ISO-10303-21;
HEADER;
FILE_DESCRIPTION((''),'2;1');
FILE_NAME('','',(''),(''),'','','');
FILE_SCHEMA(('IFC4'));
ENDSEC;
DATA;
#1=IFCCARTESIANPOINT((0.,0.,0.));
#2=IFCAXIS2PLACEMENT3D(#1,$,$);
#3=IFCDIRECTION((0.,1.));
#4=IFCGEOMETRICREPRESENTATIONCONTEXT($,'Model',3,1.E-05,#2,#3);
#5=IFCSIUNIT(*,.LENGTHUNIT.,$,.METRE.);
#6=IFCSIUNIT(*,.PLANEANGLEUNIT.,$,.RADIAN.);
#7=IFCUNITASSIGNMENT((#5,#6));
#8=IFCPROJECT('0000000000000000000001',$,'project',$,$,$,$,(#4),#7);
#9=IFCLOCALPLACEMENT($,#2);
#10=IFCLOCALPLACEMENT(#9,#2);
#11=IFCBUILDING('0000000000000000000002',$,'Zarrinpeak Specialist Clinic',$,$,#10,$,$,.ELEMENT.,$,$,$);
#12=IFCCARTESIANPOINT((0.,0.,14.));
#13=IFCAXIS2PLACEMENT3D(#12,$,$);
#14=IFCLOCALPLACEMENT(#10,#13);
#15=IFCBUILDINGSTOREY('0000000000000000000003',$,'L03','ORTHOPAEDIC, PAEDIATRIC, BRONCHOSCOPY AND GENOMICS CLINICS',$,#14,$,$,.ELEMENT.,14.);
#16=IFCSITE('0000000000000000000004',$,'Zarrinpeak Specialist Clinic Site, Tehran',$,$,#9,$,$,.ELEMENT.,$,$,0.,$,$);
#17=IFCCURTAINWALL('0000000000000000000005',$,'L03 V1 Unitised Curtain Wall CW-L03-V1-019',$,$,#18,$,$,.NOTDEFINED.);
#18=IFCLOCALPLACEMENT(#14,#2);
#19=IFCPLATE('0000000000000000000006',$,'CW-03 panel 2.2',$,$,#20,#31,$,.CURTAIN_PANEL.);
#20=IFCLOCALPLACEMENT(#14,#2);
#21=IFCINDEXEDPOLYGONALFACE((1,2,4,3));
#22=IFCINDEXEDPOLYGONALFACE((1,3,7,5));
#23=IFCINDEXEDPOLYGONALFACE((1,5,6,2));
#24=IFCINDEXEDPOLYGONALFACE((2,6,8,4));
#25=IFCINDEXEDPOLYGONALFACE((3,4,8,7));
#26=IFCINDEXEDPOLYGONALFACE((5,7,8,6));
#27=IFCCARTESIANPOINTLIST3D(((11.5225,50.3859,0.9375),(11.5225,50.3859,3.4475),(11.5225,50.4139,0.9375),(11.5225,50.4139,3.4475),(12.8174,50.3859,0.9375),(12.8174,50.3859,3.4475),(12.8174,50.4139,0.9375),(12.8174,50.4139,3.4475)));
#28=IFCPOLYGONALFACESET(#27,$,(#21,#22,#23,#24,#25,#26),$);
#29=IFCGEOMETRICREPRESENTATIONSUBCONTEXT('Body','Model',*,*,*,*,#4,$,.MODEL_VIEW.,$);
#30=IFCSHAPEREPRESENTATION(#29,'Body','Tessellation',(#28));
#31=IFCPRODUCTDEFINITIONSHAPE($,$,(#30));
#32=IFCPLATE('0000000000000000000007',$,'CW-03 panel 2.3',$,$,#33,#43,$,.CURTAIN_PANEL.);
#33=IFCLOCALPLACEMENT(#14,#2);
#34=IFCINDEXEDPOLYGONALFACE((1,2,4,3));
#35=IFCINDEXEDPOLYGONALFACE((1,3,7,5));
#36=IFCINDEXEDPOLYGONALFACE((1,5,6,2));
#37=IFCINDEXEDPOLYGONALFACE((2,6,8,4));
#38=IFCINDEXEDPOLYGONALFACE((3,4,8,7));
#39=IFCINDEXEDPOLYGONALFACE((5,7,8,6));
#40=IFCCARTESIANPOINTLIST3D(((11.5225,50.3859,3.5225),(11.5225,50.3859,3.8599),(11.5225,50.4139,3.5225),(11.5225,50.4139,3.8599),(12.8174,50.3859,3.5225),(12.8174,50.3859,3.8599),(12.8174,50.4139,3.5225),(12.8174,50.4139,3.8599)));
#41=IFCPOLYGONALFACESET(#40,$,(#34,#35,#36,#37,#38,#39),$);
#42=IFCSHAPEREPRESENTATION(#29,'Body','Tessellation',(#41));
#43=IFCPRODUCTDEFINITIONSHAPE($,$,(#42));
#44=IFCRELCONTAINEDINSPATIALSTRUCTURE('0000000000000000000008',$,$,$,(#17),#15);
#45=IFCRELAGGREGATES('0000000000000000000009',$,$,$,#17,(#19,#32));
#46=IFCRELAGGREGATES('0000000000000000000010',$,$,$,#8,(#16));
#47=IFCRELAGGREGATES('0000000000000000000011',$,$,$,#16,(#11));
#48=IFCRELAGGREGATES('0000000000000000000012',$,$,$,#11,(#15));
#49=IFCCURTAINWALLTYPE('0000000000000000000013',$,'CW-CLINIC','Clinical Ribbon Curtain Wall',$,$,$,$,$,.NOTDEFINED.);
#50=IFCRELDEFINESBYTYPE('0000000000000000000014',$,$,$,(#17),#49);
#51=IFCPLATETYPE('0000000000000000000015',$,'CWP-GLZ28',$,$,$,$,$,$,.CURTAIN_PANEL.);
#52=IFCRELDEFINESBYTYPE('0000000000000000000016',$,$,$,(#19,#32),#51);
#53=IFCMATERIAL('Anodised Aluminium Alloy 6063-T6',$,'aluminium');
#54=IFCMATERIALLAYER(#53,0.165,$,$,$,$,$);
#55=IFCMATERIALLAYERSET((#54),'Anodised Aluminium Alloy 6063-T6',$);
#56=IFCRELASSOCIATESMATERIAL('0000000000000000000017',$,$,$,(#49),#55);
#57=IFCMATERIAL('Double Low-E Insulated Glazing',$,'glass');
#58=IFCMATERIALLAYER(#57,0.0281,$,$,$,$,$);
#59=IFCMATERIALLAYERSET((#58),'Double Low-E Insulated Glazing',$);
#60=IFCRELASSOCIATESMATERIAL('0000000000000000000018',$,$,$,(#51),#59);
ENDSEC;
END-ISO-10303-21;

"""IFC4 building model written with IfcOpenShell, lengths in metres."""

from ifc_helpers import new_model, si_unit, direction, frame, origin, origin_2d, place, context, subcontext, project, spatial, rectangle, extrude, material, layer, layer_set, type_object, element, aggregate, save


model = new_model("IFC4")

# Units and contexts
model_context = context("Model", 3, precision=1e-05, world=origin(), true_north=direction((0.0, 1.0)))
body_context = subcontext(model_context, "Body", "Model", "MODEL_VIEW")
ifc_project = project(units=[si_unit("LENGTHUNIT", "METRE"), si_unit("PLANEANGLEUNIT", "RADIAN")], contexts=[model_context])

# Site, building, storey
site_placement = place(None, origin())
site = spatial("IfcSite", under=ifc_project, at=site_placement, Name="Zarrinpeak Specialist Clinic Site, Tehran", CompositionType="ELEMENT", RefElevation=0.0)
building_placement = place(site_placement, origin())
building = spatial("IfcBuilding", under=site, at=building_placement, Name="Zarrinpeak Specialist Clinic", CompositionType="ELEMENT")
storey_placement = place(building_placement, frame((0.0, 0.0, 14.0)))
storey = spatial("IfcBuildingStorey", under=building, at=storey_placement, Name="L03", Description="ORTHOPAEDIC, PAEDIATRIC, BRONCHOSCOPY AND GENOMICS CLINICS", CompositionType="ELEMENT", Elevation=14.0)

# Curtain wall, plates
ifc_material_1 = material(Name="Anodised Aluminium Alloy 6063-T6", Category="aluminium")
ifc_layer_1 = layer(ifc_material_1, 0.165)
ifc_layer_set_1 = layer_set([ifc_layer_1], Name="Anodised Aluminium Alloy 6063-T6")
curtain_wall_type = type_object("IfcCurtainWallType", Name="CW-CLINIC", Description="Clinical Ribbon Curtain Wall", PredefinedType="NOTDEFINED", material=ifc_layer_set_1)
curtain_wall_placement = place(storey_placement, origin())
curtain_wall = element("IfcCurtainWall", 1, at=curtain_wall_placement, inside=storey, type_object=curtain_wall_type, Name="L03 V1 Unitised Curtain Wall CW-L03-V1-019", PredefinedType="NOTDEFINED")
ifc_material_2 = material(Name="Double Low-E Insulated Glazing", Category="glass")
ifc_layer_2 = layer(ifc_material_2, 0.0281)
ifc_layer_set_2 = layer_set([ifc_layer_2], Name="Double Low-E Insulated Glazing")
plate_type = type_object("IfcPlateType", Name="CWP-GLZ28", PredefinedType="CURTAIN_PANEL", material=ifc_layer_set_2)
plate_1_placement = place(storey_placement, frame((12.1699, 50.3999, 0.9375), z_axis=(0.0, 0.0, 1.0), x_axis=(-1.0, 0.0, 0.0)))
plate_1 = element("IfcPlate", 2, at=plate_1_placement, type_object=plate_type, Name="CW-03 panel 2.2", PredefinedType="CURTAIN_PANEL", context=body_context, shape_type="SweptSolid", body=[
    extrude(rectangle(XDim=1.2949, YDim=0.0281, at=origin_2d()), origin(), (0.0, 0.0, 1.0), 2.51),
])
plate_2_placement = place(storey_placement, frame((12.1699, 50.3999, 3.5225), z_axis=(0.0, 0.0, 1.0), x_axis=(-1.0, 0.0, 0.0)))
plate_2 = element("IfcPlate", 3, at=plate_2_placement, type_object=plate_type, Name="CW-03 panel 2.3", PredefinedType="CURTAIN_PANEL", context=body_context, shape_type="SweptSolid", body=[
    extrude(rectangle(XDim=1.2949, YDim=0.0281, at=origin_2d()), origin(), (0.0, 0.0, 1.0), 0.3374),
])
aggregate(curtain_wall, [plate_1, plate_2])

save(model, "model.ifc")
